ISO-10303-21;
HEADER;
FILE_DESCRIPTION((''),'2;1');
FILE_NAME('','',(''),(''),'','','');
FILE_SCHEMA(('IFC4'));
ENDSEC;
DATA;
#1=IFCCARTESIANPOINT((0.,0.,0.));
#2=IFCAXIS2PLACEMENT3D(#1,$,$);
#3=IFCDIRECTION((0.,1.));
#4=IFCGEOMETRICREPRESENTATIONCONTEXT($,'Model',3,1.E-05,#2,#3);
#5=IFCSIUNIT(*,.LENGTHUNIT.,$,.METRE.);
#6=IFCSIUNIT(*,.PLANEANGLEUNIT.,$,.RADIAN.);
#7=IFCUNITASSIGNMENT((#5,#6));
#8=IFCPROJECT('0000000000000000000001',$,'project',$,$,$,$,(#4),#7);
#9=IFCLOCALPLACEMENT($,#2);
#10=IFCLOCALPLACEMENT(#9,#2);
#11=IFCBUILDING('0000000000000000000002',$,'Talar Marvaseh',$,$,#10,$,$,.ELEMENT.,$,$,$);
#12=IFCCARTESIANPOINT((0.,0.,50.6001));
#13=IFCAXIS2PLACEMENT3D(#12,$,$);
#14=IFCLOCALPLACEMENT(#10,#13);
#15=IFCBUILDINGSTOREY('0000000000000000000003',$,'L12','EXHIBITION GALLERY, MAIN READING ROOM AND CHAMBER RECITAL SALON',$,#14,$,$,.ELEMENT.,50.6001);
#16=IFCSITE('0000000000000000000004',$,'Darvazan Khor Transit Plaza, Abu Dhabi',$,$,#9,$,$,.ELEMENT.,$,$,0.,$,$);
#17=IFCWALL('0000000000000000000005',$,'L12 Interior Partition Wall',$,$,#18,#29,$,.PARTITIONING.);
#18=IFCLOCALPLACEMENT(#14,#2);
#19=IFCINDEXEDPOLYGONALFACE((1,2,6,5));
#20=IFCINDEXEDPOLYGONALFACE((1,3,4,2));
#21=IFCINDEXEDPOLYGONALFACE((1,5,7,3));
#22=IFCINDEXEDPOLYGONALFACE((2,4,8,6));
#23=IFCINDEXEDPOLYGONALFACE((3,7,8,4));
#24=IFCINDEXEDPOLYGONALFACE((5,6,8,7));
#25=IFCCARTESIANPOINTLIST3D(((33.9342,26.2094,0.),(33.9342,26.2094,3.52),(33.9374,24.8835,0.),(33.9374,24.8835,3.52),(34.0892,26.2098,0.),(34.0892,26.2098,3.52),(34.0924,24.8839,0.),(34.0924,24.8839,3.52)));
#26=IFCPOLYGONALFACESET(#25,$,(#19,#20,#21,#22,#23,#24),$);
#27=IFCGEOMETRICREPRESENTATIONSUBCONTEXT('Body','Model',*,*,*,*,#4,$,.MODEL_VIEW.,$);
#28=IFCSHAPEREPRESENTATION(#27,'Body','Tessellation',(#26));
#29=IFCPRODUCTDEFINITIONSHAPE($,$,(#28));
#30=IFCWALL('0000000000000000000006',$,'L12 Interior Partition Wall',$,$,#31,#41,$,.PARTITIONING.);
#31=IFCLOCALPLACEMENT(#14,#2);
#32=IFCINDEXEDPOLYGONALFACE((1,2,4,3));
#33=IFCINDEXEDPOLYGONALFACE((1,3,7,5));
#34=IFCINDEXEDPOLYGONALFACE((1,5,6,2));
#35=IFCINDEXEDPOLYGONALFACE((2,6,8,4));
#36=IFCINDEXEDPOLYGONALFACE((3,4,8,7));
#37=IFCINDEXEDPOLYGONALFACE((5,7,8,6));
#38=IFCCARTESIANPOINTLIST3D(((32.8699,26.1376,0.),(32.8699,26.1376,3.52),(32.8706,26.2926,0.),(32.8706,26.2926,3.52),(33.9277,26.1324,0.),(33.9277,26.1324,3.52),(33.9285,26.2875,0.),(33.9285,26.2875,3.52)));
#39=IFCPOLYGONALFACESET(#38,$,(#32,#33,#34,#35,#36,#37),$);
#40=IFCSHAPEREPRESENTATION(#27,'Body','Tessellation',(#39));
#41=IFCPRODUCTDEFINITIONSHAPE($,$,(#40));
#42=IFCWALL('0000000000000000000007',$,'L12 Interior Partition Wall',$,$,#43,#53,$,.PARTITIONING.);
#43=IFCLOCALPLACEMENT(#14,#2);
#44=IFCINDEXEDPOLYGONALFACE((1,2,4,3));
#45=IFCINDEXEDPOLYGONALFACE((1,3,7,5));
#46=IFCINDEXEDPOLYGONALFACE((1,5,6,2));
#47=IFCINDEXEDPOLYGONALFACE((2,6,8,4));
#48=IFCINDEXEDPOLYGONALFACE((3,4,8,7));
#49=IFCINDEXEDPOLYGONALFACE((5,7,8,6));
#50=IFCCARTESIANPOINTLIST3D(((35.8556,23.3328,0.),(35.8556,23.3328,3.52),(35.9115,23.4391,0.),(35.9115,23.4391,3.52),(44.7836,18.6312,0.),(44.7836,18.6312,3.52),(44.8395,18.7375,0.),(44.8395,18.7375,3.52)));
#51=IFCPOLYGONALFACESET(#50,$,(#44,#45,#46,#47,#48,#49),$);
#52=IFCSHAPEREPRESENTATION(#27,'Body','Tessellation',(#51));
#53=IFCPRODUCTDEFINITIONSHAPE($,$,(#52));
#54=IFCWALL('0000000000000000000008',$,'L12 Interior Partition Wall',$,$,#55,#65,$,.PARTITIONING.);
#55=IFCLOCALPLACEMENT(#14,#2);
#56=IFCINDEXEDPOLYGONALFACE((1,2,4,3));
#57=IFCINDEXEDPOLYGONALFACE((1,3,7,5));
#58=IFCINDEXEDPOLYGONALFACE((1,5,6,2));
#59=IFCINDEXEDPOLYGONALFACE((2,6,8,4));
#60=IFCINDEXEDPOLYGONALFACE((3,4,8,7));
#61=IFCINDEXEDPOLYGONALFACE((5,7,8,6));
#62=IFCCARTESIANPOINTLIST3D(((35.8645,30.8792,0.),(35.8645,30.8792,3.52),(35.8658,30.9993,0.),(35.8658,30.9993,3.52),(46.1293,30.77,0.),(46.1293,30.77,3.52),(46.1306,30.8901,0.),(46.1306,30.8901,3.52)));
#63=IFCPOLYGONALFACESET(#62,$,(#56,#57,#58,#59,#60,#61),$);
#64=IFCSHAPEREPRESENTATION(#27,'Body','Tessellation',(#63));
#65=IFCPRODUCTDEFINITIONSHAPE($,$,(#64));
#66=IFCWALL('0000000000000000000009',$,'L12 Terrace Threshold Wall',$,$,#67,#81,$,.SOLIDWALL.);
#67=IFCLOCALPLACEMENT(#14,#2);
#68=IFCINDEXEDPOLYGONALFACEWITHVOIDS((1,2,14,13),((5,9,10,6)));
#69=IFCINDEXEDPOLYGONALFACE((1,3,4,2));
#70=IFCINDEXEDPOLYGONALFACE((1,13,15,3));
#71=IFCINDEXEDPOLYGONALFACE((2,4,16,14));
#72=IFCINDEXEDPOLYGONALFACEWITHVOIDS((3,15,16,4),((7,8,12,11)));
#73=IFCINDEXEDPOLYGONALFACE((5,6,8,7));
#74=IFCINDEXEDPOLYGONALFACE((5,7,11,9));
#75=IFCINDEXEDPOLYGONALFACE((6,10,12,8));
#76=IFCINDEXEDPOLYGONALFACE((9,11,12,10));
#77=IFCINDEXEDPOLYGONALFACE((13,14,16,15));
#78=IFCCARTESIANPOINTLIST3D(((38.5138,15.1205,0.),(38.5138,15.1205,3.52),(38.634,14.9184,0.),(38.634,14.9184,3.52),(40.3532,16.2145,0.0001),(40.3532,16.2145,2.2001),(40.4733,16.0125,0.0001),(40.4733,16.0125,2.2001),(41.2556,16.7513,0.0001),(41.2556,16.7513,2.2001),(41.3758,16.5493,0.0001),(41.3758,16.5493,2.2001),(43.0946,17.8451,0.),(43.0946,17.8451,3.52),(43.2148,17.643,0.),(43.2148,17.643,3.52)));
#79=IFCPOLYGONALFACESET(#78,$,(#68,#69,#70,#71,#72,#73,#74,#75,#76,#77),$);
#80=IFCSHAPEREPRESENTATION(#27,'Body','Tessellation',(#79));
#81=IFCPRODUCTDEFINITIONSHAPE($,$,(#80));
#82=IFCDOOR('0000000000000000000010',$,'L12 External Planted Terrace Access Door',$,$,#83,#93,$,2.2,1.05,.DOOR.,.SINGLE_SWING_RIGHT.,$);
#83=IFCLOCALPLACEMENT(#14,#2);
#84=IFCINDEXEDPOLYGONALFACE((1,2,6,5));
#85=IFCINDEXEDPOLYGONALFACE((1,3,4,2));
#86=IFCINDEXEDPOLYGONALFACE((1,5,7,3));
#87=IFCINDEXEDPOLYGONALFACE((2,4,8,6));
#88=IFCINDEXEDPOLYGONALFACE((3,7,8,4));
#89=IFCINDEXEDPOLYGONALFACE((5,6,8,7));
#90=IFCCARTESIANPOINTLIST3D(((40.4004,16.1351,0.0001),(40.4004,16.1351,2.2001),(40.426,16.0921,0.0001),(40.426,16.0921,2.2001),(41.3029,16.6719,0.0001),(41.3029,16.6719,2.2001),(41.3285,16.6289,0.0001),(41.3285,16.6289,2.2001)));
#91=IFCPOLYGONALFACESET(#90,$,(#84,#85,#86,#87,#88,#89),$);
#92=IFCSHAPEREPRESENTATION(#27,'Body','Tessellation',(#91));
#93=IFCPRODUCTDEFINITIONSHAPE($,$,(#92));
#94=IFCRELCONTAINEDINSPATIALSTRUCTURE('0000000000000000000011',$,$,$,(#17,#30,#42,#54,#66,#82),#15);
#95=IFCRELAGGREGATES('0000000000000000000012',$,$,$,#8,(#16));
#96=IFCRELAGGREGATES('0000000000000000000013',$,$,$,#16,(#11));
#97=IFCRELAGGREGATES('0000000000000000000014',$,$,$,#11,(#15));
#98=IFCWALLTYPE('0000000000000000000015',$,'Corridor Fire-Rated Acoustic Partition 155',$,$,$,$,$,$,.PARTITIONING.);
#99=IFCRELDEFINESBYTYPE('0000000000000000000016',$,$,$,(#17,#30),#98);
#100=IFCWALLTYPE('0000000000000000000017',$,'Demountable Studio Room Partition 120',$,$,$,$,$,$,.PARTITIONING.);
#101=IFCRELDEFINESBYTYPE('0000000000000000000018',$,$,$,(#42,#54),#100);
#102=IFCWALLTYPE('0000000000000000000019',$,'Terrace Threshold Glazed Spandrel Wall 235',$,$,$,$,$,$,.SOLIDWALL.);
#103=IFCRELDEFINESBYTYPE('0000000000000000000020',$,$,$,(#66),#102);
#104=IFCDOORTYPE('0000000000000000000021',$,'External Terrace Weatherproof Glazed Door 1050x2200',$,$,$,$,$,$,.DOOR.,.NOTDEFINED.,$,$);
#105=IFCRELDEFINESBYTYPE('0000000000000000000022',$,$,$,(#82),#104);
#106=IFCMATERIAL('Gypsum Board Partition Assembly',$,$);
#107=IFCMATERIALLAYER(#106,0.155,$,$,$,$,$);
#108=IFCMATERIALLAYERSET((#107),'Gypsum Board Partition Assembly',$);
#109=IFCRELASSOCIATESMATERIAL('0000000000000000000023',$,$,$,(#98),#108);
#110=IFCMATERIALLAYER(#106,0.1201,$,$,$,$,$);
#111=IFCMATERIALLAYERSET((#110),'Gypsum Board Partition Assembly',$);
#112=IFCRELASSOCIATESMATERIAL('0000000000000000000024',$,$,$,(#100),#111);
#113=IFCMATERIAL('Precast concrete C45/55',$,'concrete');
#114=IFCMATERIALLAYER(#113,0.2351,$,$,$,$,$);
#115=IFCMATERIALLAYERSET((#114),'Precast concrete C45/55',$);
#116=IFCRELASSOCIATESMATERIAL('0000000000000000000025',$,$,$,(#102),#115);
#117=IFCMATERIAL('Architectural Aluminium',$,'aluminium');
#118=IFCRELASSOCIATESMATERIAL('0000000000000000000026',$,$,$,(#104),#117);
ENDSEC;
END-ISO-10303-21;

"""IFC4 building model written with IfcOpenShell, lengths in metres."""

from ifc_helpers import new_model, si_unit, direction, frame, frame_2d, origin, place, context, subcontext, project, spatial, rectangle, extrude, source, transform, mapped, material, layer, layer_set, type_object, type_shapes, element, fill, save


model = new_model("IFC4")

# Units and contexts
model_context = context("Model", 3, precision=1e-05, world=origin(), true_north=direction((0.0, 1.0)))
body_context = subcontext(model_context, "Body", "Model", "MODEL_VIEW")
ifc_project = project(units=[si_unit("LENGTHUNIT", "METRE"), si_unit("PLANEANGLEUNIT", "RADIAN")], contexts=[model_context])

# Site, building, storey
site_placement = place(None, origin())
site = spatial("IfcSite", under=ifc_project, at=site_placement, Name="Darvazan Khor Transit Plaza, Abu Dhabi", CompositionType="ELEMENT", RefElevation=0.0)
building_placement = place(site_placement, origin())
building = spatial("IfcBuilding", under=site, at=building_placement, Name="Talar Marvaseh", CompositionType="ELEMENT")
storey_placement = place(building_placement, frame((0.0, 0.0, 50.6001)))
storey = spatial("IfcBuildingStorey", under=building, at=storey_placement, Name="L12", Description="EXHIBITION GALLERY, MAIN READING ROOM AND CHAMBER RECITAL SALON", CompositionType="ELEMENT", Elevation=50.6001)

# Shared definitions
ifc_material_1 = material(Name="Architectural Aluminium", Category="aluminium")

# Shared definitions
ifc_material_2 = material(Name="Gypsum Board Partition Assembly")
ifc_layer_1 = layer(ifc_material_2, 0.155)
ifc_layer_set_1 = layer_set([ifc_layer_1], Name="Gypsum Board Partition Assembly")
wall_type_1 = type_object("IfcWallType", Name="Corridor Fire-Rated Acoustic Partition 155", PredefinedType="PARTITIONING", material=ifc_layer_set_1)

# Walls
wall_1_placement = place(storey_placement, frame((34.0149, 24.8835, 0.0), z_axis=(0.0, 0.0, 1.0), x_axis=(-0.002394, 0.999997, 0.0)))
element("IfcWall", 1, at=wall_1_placement, inside=storey, type_object=wall_type_1, Name="L12 Interior Partition Wall", PredefinedType="PARTITIONING", context=body_context, shape_type="SweptSolid", body=[
    extrude(rectangle(XDim=1.3259, YDim=0.155, at=frame_2d((0.6631, 0.0))), origin(), (0.0, 0.0, 1.0), 3.52),
])
wall_2_placement = place(storey_placement, frame((33.928, 26.21, 0.0), z_axis=(0.0, 0.0, 1.0), x_axis=(-0.999988, 0.004846, 0.0)))
element("IfcWall", 2, at=wall_2_placement, inside=storey, type_object=wall_type_1, Name="L12 Interior Partition Wall", PredefinedType="PARTITIONING", context=body_context, shape_type="SweptSolid", body=[
    extrude(rectangle(XDim=1.0579, YDim=0.155, at=frame_2d((0.5288, 0.0))), origin(), (0.0, 0.0, 1.0), 3.52),
])
ifc_layer_2 = layer(ifc_material_2, 0.1201)
ifc_layer_set_2 = layer_set([ifc_layer_2], Name="Gypsum Board Partition Assembly")
wall_type_2 = type_object("IfcWallType", Name="Demountable Studio Room Partition 120", PredefinedType="PARTITIONING", material=ifc_layer_set_2)
wall_3_placement = place(storey_placement, frame((35.8835, 23.386, 0.0), z_axis=(0.0, 0.0, 1.0), x_axis=(0.884807, -0.465958, 0.0)))
element("IfcWall", 3, at=wall_3_placement, inside=storey, type_object=wall_type_2, Name="L12 Interior Partition Wall", PredefinedType="PARTITIONING", context=body_context, shape_type="SweptSolid", body=[
    extrude(rectangle(XDim=10.0903, YDim=0.1201, at=frame_2d((5.0452, 0.0))), origin(), (0.0, 0.0, 1.0), 3.52),
])
wall_4_placement = place(storey_placement, frame((35.865, 30.9392, 0.0), z_axis=(0.0, 0.0, 1.0), x_axis=(0.999943, -0.010631, 0.0)))
element("IfcWall", 4, at=wall_4_placement, inside=storey, type_object=wall_type_2, Name="L12 Interior Partition Wall", PredefinedType="PARTITIONING", context=body_context, shape_type="SweptSolid", body=[
    extrude(rectangle(XDim=10.2654, YDim=0.1201, at=frame_2d((5.1328, 0.0))), origin(), (0.0, 0.0, 1.0), 3.52),
])

# Wall, opening, door
ifc_material_3 = material(Name="Precast concrete C45/55", Category="concrete")
ifc_layer_3 = layer(ifc_material_3, 0.2351)
ifc_layer_set_3 = layer_set([ifc_layer_3], Name="Precast concrete C45/55")
wall_type_3 = type_object("IfcWallType", Name="Terrace Threshold Glazed Spandrel Wall 235", PredefinedType="SOLIDWALL", material=ifc_layer_set_3)
wall_5_placement = place(storey_placement, frame((43.1548, 17.7441, 0.0), z_axis=(0.0, 0.0, 1.0), x_axis=(-0.859463, -0.511198, 0.0)))
wall_5 = element("IfcWall", 5, at=wall_5_placement, inside=storey, type_object=wall_type_3, Name="L12 Terrace Threshold Wall", PredefinedType="SOLIDWALL", context=body_context, shape_type="SweptSolid", body=[
    extrude(rectangle(XDim=5.3298, YDim=0.2351, at=frame_2d((2.665, 0.0))), origin(), (0.0, 0.0, 1.0), 3.52),
])
opening_1_placement = place(wall_5_placement, frame((2.1399, 0.0, 0.0)))
opening_1 = element("IfcOpeningElement", 6, at=opening_1_placement, cuts=wall_5, PredefinedType="OPENING", context=body_context, shape_type="SweptSolid", body=[
    extrude(rectangle(XDim=1.05, YDim=2.2, at=frame_2d((0.5249, 1.1001))), frame((0.0, 0.1274, 0.0), z_axis=(0.0, -1.0, 0.0), x_axis=(1.0, 0.0, 0.0)), (0.0, 0.0, 1.0), 0.2551),
])
door_type_1 = type_object("IfcDoorType", Name="External Terrace Weatherproof Glazed Door 1050x2200", OperationType="NOTDEFINED", PredefinedType="DOOR", material=ifc_material_1)
shared_shape_1 = source(origin(), body_context, "Body", "SweptSolid", [
    extrude(rectangle(XDim=1.05, YDim=2.2, at=frame_2d((0.5249, 1.1001))), frame((0.0, 0.0249, 0.0), z_axis=(0.0, -1.0, 0.0), x_axis=(1.0, 0.0, 0.0)), (0.0, 0.0, 1.0), 0.05),
])
type_shapes(door_type_1, [shared_shape_1])
door_1_placement = place(opening_1_placement, origin())
door_1 = element("IfcDoor", 7, at=door_1_placement, inside=storey, type_object=door_type_1, Name="L12 External Planted Terrace Access Door", OperationType="SINGLE_SWING_RIGHT", OverallHeight=2.2, OverallWidth=1.05, PredefinedType="DOOR", context=body_context, shape_type="MappedRepresentation", body=[
    mapped(shared_shape_1, transform((0.0, 0.0, 0.0), x_axis=(1.0, 0.0, 0.0), y_axis=(0.0, 1.0, 0.0), z_axis=(0.0, 0.0, 1.0), scale=1.0)),
])
fill(opening_1, door_1)

save(model, "model.ifc")
